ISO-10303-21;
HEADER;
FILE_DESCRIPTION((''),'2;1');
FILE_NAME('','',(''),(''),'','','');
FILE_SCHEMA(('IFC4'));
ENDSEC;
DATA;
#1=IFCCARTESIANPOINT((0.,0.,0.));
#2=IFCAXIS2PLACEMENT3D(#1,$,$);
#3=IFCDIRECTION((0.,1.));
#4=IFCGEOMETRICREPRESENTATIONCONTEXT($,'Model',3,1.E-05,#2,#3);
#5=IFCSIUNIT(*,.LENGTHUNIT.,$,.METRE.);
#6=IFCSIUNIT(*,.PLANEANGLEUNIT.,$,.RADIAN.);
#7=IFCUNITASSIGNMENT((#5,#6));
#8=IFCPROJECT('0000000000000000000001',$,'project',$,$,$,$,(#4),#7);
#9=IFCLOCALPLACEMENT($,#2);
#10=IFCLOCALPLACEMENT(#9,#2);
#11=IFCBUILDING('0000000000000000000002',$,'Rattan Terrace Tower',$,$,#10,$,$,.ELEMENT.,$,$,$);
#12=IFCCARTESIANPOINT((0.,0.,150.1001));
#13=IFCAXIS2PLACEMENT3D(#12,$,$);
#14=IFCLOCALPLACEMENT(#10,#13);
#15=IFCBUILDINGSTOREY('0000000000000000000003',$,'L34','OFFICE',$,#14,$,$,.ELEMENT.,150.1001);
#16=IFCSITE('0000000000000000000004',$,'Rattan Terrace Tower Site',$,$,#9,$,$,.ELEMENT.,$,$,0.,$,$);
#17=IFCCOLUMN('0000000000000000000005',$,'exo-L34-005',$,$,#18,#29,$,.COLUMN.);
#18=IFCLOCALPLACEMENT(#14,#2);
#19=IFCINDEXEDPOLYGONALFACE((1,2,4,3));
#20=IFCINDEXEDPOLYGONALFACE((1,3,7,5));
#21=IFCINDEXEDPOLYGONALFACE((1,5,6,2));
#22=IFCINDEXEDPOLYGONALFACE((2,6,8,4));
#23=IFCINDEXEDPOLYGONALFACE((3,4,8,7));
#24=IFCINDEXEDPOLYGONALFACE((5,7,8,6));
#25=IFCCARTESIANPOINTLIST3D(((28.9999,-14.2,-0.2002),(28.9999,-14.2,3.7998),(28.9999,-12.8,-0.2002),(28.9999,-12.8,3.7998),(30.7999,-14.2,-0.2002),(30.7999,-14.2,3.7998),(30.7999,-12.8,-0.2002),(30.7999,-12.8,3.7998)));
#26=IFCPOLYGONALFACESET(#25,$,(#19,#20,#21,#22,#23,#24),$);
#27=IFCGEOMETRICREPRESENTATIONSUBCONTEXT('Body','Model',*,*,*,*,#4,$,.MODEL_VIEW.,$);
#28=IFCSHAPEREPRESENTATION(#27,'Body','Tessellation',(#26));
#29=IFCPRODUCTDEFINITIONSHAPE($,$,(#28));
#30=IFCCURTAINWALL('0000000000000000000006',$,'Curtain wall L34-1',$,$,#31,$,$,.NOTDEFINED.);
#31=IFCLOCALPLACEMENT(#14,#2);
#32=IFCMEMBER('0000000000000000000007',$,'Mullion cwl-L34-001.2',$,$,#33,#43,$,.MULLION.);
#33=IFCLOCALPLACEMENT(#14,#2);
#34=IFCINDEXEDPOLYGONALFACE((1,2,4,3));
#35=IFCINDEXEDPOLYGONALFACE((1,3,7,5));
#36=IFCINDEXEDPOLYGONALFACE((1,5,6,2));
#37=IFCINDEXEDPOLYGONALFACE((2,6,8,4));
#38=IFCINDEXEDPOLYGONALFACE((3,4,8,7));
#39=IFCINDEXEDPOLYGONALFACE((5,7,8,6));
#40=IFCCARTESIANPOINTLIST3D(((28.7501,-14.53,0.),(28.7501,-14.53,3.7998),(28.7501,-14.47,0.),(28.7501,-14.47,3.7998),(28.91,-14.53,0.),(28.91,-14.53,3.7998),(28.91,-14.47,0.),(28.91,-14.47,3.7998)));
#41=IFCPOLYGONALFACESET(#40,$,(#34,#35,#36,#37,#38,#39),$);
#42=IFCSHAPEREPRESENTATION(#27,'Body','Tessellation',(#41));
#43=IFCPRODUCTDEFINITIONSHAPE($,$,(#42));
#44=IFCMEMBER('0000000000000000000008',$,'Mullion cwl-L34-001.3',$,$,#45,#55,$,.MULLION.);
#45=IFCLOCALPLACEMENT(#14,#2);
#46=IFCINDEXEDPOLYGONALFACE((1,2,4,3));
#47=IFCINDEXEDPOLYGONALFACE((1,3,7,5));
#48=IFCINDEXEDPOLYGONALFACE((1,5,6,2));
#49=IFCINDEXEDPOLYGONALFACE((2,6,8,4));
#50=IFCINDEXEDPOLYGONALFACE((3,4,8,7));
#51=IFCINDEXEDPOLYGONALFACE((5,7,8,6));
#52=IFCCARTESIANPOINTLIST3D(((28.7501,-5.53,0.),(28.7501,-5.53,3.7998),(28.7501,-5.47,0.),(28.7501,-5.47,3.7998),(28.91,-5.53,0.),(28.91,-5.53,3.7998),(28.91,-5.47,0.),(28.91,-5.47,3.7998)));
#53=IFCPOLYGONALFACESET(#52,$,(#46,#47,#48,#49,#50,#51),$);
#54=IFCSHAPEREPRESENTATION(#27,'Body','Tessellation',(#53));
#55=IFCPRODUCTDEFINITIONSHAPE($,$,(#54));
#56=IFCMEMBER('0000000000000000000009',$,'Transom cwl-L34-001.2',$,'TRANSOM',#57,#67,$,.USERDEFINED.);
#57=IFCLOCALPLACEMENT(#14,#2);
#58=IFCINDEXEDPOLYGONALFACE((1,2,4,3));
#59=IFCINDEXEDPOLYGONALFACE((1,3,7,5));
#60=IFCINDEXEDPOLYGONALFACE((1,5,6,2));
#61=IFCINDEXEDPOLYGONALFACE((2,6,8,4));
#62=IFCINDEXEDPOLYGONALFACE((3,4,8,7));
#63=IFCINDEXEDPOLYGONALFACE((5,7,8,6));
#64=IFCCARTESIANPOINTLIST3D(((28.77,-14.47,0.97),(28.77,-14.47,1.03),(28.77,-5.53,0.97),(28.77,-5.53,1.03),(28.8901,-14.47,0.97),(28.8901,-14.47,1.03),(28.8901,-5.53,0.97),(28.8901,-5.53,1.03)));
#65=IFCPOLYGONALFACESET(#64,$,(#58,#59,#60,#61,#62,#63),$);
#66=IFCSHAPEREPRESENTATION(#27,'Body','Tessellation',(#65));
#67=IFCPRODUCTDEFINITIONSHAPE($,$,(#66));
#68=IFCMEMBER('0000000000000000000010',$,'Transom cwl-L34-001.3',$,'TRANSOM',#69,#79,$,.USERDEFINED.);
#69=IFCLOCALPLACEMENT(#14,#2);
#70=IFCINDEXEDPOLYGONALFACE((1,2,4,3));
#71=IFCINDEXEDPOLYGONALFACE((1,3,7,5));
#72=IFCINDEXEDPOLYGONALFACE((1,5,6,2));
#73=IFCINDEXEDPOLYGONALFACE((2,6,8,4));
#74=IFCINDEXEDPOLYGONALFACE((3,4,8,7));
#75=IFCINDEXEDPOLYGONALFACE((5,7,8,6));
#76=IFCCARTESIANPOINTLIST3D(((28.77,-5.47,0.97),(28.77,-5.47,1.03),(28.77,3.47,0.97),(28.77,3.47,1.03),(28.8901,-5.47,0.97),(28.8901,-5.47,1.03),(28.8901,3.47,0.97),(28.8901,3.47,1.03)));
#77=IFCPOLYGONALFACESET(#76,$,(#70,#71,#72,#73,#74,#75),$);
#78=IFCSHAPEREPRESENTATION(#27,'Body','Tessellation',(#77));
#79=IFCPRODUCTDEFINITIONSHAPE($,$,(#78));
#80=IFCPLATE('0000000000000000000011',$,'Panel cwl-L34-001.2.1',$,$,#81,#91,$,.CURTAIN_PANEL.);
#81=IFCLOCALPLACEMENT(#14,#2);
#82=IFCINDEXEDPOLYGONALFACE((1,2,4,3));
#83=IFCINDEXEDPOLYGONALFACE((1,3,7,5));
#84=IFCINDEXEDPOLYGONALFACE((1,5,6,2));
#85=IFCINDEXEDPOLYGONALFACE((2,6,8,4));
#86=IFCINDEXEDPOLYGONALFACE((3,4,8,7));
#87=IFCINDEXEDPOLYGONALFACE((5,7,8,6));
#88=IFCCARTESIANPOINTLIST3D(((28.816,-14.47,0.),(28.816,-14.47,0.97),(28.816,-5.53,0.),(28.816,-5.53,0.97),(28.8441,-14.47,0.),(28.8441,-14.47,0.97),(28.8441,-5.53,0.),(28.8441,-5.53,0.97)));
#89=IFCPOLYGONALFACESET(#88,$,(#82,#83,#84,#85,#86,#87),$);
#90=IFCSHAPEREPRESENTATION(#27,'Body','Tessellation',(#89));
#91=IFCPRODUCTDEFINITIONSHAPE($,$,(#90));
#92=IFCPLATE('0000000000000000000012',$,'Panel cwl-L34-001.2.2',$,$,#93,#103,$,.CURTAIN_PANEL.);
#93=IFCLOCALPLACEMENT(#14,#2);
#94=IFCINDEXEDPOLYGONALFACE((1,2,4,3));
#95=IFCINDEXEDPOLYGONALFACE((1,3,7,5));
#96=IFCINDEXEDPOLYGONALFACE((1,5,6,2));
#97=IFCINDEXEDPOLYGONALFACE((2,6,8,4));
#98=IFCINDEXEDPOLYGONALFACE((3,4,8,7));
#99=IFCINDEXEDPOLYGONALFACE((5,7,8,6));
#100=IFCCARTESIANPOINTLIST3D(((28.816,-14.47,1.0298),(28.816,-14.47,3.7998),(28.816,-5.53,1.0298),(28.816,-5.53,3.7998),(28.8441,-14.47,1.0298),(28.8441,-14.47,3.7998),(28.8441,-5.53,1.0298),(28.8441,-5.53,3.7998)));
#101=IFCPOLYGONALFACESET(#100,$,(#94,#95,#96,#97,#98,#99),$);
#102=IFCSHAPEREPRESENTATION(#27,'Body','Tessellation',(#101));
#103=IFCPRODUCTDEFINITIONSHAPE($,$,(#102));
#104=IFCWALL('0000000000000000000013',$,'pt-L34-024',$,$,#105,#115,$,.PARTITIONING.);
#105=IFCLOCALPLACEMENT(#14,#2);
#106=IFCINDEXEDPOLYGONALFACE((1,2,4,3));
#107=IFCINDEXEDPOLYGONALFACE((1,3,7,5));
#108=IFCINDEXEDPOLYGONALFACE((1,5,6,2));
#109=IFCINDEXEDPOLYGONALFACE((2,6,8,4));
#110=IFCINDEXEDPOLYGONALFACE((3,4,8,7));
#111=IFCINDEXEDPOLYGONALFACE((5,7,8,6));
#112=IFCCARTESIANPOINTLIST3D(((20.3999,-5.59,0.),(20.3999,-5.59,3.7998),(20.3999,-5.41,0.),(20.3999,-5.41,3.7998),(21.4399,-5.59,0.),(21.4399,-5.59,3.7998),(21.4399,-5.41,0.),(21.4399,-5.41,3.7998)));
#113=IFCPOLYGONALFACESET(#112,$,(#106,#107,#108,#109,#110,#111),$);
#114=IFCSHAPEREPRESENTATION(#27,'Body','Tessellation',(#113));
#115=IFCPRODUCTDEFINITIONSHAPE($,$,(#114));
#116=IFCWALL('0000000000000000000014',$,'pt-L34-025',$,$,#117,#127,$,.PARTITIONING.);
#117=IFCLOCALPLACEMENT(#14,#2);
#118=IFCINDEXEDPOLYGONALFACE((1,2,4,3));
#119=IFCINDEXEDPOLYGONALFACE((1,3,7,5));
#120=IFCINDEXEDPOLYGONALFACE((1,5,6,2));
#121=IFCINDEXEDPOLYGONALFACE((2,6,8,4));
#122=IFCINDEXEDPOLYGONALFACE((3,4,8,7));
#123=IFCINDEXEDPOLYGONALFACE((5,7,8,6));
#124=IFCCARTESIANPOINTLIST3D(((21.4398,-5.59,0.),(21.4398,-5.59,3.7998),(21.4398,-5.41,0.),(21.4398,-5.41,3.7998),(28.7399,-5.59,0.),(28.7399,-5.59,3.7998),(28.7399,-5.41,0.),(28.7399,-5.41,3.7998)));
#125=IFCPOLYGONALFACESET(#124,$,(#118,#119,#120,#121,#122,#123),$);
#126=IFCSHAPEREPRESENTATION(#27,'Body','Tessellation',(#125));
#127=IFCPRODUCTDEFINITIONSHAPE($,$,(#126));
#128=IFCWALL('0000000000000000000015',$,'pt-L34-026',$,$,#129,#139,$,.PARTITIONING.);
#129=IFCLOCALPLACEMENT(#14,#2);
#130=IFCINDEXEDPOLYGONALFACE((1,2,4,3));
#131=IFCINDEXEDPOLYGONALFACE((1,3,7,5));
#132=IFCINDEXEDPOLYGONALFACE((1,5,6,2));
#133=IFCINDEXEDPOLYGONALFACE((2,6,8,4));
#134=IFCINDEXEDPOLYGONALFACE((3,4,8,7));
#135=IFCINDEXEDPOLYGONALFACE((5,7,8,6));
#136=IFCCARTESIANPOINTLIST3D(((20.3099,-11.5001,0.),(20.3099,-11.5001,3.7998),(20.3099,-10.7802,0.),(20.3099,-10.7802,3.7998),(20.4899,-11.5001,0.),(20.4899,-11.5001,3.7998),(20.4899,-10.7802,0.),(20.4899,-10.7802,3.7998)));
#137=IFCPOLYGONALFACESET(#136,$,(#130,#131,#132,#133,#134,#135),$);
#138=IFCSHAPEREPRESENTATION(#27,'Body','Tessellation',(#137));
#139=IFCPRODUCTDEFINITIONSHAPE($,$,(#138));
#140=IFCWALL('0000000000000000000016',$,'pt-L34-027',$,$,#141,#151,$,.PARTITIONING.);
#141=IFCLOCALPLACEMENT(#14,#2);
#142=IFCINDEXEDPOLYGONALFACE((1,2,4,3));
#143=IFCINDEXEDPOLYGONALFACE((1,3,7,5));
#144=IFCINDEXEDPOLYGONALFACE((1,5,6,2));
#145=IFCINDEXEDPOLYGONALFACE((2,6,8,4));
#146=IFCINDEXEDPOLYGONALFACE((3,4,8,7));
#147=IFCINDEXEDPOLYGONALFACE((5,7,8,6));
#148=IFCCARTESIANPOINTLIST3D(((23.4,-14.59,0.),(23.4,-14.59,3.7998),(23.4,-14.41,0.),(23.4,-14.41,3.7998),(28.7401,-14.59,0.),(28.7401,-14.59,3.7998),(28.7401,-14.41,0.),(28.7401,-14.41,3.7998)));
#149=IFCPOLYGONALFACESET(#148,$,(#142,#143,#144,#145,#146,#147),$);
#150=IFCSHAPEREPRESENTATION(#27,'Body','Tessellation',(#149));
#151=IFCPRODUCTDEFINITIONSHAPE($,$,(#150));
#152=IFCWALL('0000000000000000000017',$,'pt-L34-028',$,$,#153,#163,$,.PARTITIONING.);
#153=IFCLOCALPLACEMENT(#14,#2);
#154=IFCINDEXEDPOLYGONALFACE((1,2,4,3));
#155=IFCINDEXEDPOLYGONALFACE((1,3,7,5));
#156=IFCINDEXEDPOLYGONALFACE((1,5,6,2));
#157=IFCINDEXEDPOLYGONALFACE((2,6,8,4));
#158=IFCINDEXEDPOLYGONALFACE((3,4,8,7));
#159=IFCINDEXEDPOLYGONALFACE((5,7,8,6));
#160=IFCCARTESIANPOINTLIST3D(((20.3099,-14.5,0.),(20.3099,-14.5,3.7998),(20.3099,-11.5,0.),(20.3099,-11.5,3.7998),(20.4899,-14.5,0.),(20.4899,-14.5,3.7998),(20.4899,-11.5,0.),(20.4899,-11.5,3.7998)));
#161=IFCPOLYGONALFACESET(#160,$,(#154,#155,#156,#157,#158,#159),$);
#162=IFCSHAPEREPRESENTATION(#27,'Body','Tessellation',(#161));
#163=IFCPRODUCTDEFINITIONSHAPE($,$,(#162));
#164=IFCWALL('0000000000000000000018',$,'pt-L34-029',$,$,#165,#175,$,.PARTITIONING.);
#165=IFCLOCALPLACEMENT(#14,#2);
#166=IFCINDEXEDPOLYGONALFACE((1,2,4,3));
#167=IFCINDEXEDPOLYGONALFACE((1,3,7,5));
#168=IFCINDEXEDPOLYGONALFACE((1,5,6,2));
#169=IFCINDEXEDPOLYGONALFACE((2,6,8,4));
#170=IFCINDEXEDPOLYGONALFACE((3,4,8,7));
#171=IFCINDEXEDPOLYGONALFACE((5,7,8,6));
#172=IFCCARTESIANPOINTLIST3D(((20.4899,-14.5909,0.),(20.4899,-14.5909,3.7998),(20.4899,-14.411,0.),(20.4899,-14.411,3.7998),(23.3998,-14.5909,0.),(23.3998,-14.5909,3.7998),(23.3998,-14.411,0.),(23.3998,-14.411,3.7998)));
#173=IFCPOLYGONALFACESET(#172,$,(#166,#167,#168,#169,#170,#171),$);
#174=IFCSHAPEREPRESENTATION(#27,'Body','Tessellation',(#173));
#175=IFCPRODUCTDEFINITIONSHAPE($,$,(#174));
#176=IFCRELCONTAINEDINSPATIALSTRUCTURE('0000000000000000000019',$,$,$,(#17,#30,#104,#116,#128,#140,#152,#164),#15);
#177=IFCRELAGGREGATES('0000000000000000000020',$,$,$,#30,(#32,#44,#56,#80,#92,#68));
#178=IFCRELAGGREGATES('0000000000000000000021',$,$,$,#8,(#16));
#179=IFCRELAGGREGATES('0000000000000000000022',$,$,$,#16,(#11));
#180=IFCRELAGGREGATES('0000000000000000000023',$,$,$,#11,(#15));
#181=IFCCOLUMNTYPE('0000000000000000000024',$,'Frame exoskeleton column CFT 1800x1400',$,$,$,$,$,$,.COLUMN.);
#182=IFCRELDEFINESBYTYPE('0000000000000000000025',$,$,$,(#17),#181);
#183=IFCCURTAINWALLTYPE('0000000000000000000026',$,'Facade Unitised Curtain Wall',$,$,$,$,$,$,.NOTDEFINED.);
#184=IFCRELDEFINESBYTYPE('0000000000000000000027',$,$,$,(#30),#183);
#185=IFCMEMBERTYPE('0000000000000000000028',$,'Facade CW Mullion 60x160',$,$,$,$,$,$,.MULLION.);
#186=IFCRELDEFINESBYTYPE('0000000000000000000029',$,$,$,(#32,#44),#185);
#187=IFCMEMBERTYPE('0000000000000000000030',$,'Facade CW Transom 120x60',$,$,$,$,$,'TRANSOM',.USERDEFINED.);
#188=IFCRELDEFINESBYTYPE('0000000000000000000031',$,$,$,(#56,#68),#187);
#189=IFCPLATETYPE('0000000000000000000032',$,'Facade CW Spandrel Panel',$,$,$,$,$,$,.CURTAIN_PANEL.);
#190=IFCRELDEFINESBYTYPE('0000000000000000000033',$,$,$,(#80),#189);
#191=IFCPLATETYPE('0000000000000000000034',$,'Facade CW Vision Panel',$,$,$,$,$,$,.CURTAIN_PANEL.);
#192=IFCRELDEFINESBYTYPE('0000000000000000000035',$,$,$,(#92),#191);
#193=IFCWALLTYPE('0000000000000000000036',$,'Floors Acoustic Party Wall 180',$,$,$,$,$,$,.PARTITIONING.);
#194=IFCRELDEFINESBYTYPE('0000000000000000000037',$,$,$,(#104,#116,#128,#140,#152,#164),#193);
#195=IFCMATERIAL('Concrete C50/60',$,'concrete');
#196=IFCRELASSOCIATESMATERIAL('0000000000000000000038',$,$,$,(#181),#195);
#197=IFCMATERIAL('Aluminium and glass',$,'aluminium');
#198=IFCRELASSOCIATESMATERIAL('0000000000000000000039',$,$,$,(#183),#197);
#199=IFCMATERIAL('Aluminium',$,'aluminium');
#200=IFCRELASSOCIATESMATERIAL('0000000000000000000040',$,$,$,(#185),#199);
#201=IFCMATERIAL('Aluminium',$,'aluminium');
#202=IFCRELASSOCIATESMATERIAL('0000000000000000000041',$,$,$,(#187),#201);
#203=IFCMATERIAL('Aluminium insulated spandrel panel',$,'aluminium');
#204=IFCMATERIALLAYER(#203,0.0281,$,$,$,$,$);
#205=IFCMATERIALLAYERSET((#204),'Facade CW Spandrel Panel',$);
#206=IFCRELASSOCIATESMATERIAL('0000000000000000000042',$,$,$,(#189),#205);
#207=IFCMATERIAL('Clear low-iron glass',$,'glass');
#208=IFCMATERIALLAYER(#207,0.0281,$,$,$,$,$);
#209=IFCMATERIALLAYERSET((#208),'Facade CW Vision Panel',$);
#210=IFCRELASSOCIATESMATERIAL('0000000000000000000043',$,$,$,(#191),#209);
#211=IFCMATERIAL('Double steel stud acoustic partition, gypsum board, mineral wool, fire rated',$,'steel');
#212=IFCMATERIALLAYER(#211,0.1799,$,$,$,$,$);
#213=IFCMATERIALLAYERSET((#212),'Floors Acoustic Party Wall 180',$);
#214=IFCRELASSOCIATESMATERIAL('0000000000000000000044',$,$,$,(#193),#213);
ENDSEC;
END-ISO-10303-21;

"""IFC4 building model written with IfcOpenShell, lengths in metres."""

from ifc_helpers import new_model, si_unit, direction, frame, frame_2d, origin, origin_2d, place, context, subcontext, project, spatial, rectangle, extrude, material, layer, layer_set, material_profile, profile_set, type_object, element, aggregate, save


model = new_model("IFC4")

# Units and contexts
model_context = context("Model", 3, precision=1e-05, world=origin(), true_north=direction((0.0, 1.0)))
body_context = subcontext(model_context, "Body", "Model", "MODEL_VIEW")
ifc_project = project(units=[si_unit("LENGTHUNIT", "METRE"), si_unit("PLANEANGLEUNIT", "RADIAN")], contexts=[model_context])

# Site, building, storey
site_placement = place(None, origin())
site = spatial("IfcSite", under=ifc_project, at=site_placement, Name="Rattan Terrace Tower Site", CompositionType="ELEMENT", RefElevation=0.0)
building_placement = place(site_placement, origin())
building = spatial("IfcBuilding", under=site, at=building_placement, Name="Rattan Terrace Tower", CompositionType="ELEMENT")
storey_placement = place(building_placement, frame((0.0, 0.0, 150.1001)))
storey = spatial("IfcBuildingStorey", under=building, at=storey_placement, Name="L34", Description="OFFICE", CompositionType="ELEMENT", Elevation=150.1001)

# Column
ifc_material_1 = material(Name="Concrete C50/60", Category="concrete")
ifc_material_profile_1 = material_profile(ifc_material_1, rectangle(XDim=1.3999, YDim=1.8, at=origin_2d()), Name="CFT 1800x1400")
ifc_profile_set_1 = profile_set([ifc_material_profile_1], Name="Concrete C50/60")
column_type = type_object("IfcColumnType", Name="Frame exoskeleton column CFT 1800x1400", PredefinedType="COLUMN", material=ifc_profile_set_1)
column_placement = place(storey_placement, frame((29.8999, -13.5, -0.2002), z_axis=(0.0, 0.0, 1.0), x_axis=(0.0, 1.0, 0.0)))
element("IfcColumn", 1, at=column_placement, inside=storey, type_object=column_type, Name="exo-L34-005", PredefinedType="COLUMN", context=body_context, shape_type="SweptSolid", body=[
    extrude(rectangle(XDim=1.3999, YDim=1.8, at=origin_2d()), origin(), (0.0, 0.0, 1.0), 4.0),
])

# Curtain wall, members, plates
ifc_material_2 = material(Name="Aluminium and glass", Category="aluminium")
curtain_wall_type = type_object("IfcCurtainWallType", Name="Facade Unitised Curtain Wall", PredefinedType="NOTDEFINED", material=ifc_material_2)
curtain_wall_placement = place(storey_placement, origin())
curtain_wall = element("IfcCurtainWall", 2, at=curtain_wall_placement, inside=storey, type_object=curtain_wall_type, Name="Curtain wall L34-1", PredefinedType="NOTDEFINED")
ifc_material_3 = material(Name="Aluminium", Category="aluminium")
ifc_material_profile_2 = material_profile(ifc_material_3, rectangle(XDim=0.0601, YDim=0.1599, at=origin_2d()), Name="Aluminium 60x160")
ifc_profile_set_2 = profile_set([ifc_material_profile_2], Name="Aluminium")
member_type_1 = type_object("IfcMemberType", Name="Facade CW Mullion 60x160", PredefinedType="MULLION", material=ifc_profile_set_2)
member_1_placement = place(storey_placement, frame((28.8301, -14.5, 0.0), z_axis=(0.0, 0.0, 1.0), x_axis=(0.0, 1.0, 0.0)))
member_1 = element("IfcMember", 3, at=member_1_placement, type_object=member_type_1, Name="Mullion cwl-L34-001.2", PredefinedType="MULLION", context=body_context, shape_type="SweptSolid", body=[
    extrude(rectangle(XDim=0.0601, YDim=0.1599, at=origin_2d()), origin(), (0.0, 0.0, 1.0), 3.7998),
])
member_2_placement = place(storey_placement, frame((28.8301, -5.5, 0.0), z_axis=(0.0, 0.0, 1.0), x_axis=(0.0, 1.0, 0.0)))
member_2 = element("IfcMember", 4, at=member_2_placement, type_object=member_type_1, Name="Mullion cwl-L34-001.3", PredefinedType="MULLION", context=body_context, shape_type="SweptSolid", body=[
    extrude(rectangle(XDim=0.0601, YDim=0.1599, at=origin_2d()), origin(), (0.0, 0.0, 1.0), 3.7998),
])
ifc_material_4 = material(Name="Aluminium", Category="aluminium")
ifc_material_profile_3 = material_profile(ifc_material_4, rectangle(XDim=0.1201, YDim=0.0601, at=origin_2d()), Name="Aluminium 120x60")
ifc_profile_set_3 = profile_set([ifc_material_profile_3], Name="Aluminium")
member_type_2 = type_object("IfcMemberType", Name="Facade CW Transom 120x60", ElementType="TRANSOM", PredefinedType="USERDEFINED", material=ifc_profile_set_3)
member_3_placement = place(storey_placement, frame((28.8301, -14.47, 1.0), z_axis=(0.0, 1.0, 0.0), x_axis=(-1.0, 0.0, 0.0)))
member_3 = element("IfcMember", 5, at=member_3_placement, type_object=member_type_2, Name="Transom cwl-L34-001.2", ObjectType="TRANSOM", PredefinedType="USERDEFINED", context=body_context, shape_type="SweptSolid", body=[
    extrude(rectangle(XDim=0.1201, YDim=0.0601, at=origin_2d()), origin(), (0.0, 0.0, 1.0), 8.9399),
])
member_4_placement = place(storey_placement, frame((28.8301, -5.47, 1.0), z_axis=(0.0, 1.0, 0.0), x_axis=(-1.0, 0.0, 0.0)))
member_4 = element("IfcMember", 6, at=member_4_placement, type_object=member_type_2, Name="Transom cwl-L34-001.3", ObjectType="TRANSOM", PredefinedType="USERDEFINED", context=body_context, shape_type="SweptSolid", body=[
    extrude(rectangle(XDim=0.1201, YDim=0.0601, at=origin_2d()), origin(), (0.0, 0.0, 1.0), 8.9399),
])
ifc_material_5 = material(Name="Aluminium insulated spandrel panel", Category="aluminium")
ifc_layer_1 = layer(ifc_material_5, 0.0281)
ifc_layer_set_1 = layer_set([ifc_layer_1], Name="Facade CW Spandrel Panel")
plate_type_1 = type_object("IfcPlateType", Name="Facade CW Spandrel Panel", PredefinedType="CURTAIN_PANEL", material=ifc_layer_set_1)
plate_1_placement = place(storey_placement, frame((28.8301, -10.0, 0.0), z_axis=(0.0, 0.0, 1.0), x_axis=(0.0, 1.0, 0.0)))
plate_1 = element("IfcPlate", 7, at=plate_1_placement, type_object=plate_type_1, Name="Panel cwl-L34-001.2.1", PredefinedType="CURTAIN_PANEL", context=body_context, shape_type="SweptSolid", body=[
    extrude(rectangle(XDim=8.9399, YDim=0.0281, at=origin_2d()), origin(), (0.0, 0.0, 1.0), 0.97),
])
ifc_material_6 = material(Name="Clear low-iron glass", Category="glass")
ifc_layer_2 = layer(ifc_material_6, 0.0281)
ifc_layer_set_2 = layer_set([ifc_layer_2], Name="Facade CW Vision Panel")
plate_type_2 = type_object("IfcPlateType", Name="Facade CW Vision Panel", PredefinedType="CURTAIN_PANEL", material=ifc_layer_set_2)
plate_2_placement = place(storey_placement, frame((28.8301, -10.0, 1.0298), z_axis=(0.0, 0.0, 1.0), x_axis=(0.0, 1.0, 0.0)))
plate_2 = element("IfcPlate", 8, at=plate_2_placement, type_object=plate_type_2, Name="Panel cwl-L34-001.2.2", PredefinedType="CURTAIN_PANEL", context=body_context, shape_type="SweptSolid", body=[
    extrude(rectangle(XDim=8.9399, YDim=0.0281, at=origin_2d()), origin(), (0.0, 0.0, 1.0), 2.77),
])
aggregate(curtain_wall, [member_1, member_2, member_3, plate_1, plate_2, member_4])

# Walls
ifc_material_7 = material(Name="Double steel stud acoustic partition, gypsum board, mineral wool, fire rated", Category="steel")
ifc_layer_3 = layer(ifc_material_7, 0.1799)
ifc_layer_set_3 = layer_set([ifc_layer_3], Name="Floors Acoustic Party Wall 180")
wall_type_1 = type_object("IfcWallType", Name="Floors Acoustic Party Wall 180", PredefinedType="PARTITIONING", material=ifc_layer_set_3)
wall_1_placement = place(storey_placement, frame((20.3999, -5.5, 0.0), z_axis=(0.0, 0.0, 1.0), x_axis=(1.0, 0.0, 0.0)))
element("IfcWall", 9, at=wall_1_placement, inside=storey, type_object=wall_type_1, Name="pt-L34-024", PredefinedType="PARTITIONING", context=body_context, shape_type="SweptSolid", body=[
    extrude(rectangle(XDim=1.04, YDim=0.1799, at=frame_2d((0.52, 0.0))), origin(), (0.0, 0.0, 1.0), 3.7998),
])
wall_2_placement = place(storey_placement, frame((21.4399, -5.5, 0.0), z_axis=(0.0, 0.0, 1.0), x_axis=(1.0, 0.0, 0.0)))
element("IfcWall", 10, at=wall_2_placement, inside=storey, type_object=wall_type_1, Name="pt-L34-025", PredefinedType="PARTITIONING", context=body_context, shape_type="SweptSolid", body=[
    extrude(rectangle(XDim=7.3, YDim=0.1799, at=frame_2d((3.6499, 0.0))), origin(), (0.0, 0.0, 1.0), 3.7998),
])
wall_3_placement = place(storey_placement, frame((20.3999, -11.5, 0.0), z_axis=(0.0, 0.0, 1.0), x_axis=(0.0, 1.0, 0.0)))
element("IfcWall", 11, at=wall_3_placement, inside=storey, type_object=wall_type_1, Name="pt-L34-026", PredefinedType="PARTITIONING", context=body_context, shape_type="SweptSolid", body=[
    extrude(rectangle(XDim=0.72, YDim=0.1799, at=frame_2d((0.3599, 0.0))), origin(), (0.0, 0.0, 1.0), 3.7998),
])
wall_4_placement = place(storey_placement, frame((28.74, -14.5, 0.0), z_axis=(0.0, 0.0, 1.0), x_axis=(-1.0, 0.0, 0.0)))
element("IfcWall", 12, at=wall_4_placement, inside=storey, type_object=wall_type_1, Name="pt-L34-027", PredefinedType="PARTITIONING", context=body_context, shape_type="SweptSolid", body=[
    extrude(rectangle(XDim=5.3401, YDim=0.1799, at=frame_2d((2.6699, 0.0))), origin(), (0.0, 0.0, 1.0), 3.7998),
])
wall_5_placement = place(storey_placement, frame((20.3999, -14.5, 0.0), z_axis=(0.0, 0.0, 1.0), x_axis=(0.0, 1.0, 0.0)))
element("IfcWall", 13, at=wall_5_placement, inside=storey, type_object=wall_type_1, Name="pt-L34-028", PredefinedType="PARTITIONING", context=body_context, shape_type="SweptSolid", body=[
    extrude(rectangle(XDim=3.0, YDim=0.1799, at=frame_2d((1.5, 0.0))), origin(), (0.0, 0.0, 1.0), 3.7998),
])
wall_6_placement = place(storey_placement, frame((23.3999, -14.501, 0.0), z_axis=(0.0, 0.0, 1.0), x_axis=(-1.0, 0.0, 0.0)))
element("IfcWall", 14, at=wall_6_placement, inside=storey, type_object=wall_type_1, Name="pt-L34-029", PredefinedType="PARTITIONING", context=body_context, shape_type="SweptSolid", body=[
    extrude(rectangle(XDim=2.9099, YDim=0.1799, at=frame_2d((1.4551, 0.0))), origin(), (0.0, 0.0, 1.0), 3.7998),
])

save(model, "model.ifc")
